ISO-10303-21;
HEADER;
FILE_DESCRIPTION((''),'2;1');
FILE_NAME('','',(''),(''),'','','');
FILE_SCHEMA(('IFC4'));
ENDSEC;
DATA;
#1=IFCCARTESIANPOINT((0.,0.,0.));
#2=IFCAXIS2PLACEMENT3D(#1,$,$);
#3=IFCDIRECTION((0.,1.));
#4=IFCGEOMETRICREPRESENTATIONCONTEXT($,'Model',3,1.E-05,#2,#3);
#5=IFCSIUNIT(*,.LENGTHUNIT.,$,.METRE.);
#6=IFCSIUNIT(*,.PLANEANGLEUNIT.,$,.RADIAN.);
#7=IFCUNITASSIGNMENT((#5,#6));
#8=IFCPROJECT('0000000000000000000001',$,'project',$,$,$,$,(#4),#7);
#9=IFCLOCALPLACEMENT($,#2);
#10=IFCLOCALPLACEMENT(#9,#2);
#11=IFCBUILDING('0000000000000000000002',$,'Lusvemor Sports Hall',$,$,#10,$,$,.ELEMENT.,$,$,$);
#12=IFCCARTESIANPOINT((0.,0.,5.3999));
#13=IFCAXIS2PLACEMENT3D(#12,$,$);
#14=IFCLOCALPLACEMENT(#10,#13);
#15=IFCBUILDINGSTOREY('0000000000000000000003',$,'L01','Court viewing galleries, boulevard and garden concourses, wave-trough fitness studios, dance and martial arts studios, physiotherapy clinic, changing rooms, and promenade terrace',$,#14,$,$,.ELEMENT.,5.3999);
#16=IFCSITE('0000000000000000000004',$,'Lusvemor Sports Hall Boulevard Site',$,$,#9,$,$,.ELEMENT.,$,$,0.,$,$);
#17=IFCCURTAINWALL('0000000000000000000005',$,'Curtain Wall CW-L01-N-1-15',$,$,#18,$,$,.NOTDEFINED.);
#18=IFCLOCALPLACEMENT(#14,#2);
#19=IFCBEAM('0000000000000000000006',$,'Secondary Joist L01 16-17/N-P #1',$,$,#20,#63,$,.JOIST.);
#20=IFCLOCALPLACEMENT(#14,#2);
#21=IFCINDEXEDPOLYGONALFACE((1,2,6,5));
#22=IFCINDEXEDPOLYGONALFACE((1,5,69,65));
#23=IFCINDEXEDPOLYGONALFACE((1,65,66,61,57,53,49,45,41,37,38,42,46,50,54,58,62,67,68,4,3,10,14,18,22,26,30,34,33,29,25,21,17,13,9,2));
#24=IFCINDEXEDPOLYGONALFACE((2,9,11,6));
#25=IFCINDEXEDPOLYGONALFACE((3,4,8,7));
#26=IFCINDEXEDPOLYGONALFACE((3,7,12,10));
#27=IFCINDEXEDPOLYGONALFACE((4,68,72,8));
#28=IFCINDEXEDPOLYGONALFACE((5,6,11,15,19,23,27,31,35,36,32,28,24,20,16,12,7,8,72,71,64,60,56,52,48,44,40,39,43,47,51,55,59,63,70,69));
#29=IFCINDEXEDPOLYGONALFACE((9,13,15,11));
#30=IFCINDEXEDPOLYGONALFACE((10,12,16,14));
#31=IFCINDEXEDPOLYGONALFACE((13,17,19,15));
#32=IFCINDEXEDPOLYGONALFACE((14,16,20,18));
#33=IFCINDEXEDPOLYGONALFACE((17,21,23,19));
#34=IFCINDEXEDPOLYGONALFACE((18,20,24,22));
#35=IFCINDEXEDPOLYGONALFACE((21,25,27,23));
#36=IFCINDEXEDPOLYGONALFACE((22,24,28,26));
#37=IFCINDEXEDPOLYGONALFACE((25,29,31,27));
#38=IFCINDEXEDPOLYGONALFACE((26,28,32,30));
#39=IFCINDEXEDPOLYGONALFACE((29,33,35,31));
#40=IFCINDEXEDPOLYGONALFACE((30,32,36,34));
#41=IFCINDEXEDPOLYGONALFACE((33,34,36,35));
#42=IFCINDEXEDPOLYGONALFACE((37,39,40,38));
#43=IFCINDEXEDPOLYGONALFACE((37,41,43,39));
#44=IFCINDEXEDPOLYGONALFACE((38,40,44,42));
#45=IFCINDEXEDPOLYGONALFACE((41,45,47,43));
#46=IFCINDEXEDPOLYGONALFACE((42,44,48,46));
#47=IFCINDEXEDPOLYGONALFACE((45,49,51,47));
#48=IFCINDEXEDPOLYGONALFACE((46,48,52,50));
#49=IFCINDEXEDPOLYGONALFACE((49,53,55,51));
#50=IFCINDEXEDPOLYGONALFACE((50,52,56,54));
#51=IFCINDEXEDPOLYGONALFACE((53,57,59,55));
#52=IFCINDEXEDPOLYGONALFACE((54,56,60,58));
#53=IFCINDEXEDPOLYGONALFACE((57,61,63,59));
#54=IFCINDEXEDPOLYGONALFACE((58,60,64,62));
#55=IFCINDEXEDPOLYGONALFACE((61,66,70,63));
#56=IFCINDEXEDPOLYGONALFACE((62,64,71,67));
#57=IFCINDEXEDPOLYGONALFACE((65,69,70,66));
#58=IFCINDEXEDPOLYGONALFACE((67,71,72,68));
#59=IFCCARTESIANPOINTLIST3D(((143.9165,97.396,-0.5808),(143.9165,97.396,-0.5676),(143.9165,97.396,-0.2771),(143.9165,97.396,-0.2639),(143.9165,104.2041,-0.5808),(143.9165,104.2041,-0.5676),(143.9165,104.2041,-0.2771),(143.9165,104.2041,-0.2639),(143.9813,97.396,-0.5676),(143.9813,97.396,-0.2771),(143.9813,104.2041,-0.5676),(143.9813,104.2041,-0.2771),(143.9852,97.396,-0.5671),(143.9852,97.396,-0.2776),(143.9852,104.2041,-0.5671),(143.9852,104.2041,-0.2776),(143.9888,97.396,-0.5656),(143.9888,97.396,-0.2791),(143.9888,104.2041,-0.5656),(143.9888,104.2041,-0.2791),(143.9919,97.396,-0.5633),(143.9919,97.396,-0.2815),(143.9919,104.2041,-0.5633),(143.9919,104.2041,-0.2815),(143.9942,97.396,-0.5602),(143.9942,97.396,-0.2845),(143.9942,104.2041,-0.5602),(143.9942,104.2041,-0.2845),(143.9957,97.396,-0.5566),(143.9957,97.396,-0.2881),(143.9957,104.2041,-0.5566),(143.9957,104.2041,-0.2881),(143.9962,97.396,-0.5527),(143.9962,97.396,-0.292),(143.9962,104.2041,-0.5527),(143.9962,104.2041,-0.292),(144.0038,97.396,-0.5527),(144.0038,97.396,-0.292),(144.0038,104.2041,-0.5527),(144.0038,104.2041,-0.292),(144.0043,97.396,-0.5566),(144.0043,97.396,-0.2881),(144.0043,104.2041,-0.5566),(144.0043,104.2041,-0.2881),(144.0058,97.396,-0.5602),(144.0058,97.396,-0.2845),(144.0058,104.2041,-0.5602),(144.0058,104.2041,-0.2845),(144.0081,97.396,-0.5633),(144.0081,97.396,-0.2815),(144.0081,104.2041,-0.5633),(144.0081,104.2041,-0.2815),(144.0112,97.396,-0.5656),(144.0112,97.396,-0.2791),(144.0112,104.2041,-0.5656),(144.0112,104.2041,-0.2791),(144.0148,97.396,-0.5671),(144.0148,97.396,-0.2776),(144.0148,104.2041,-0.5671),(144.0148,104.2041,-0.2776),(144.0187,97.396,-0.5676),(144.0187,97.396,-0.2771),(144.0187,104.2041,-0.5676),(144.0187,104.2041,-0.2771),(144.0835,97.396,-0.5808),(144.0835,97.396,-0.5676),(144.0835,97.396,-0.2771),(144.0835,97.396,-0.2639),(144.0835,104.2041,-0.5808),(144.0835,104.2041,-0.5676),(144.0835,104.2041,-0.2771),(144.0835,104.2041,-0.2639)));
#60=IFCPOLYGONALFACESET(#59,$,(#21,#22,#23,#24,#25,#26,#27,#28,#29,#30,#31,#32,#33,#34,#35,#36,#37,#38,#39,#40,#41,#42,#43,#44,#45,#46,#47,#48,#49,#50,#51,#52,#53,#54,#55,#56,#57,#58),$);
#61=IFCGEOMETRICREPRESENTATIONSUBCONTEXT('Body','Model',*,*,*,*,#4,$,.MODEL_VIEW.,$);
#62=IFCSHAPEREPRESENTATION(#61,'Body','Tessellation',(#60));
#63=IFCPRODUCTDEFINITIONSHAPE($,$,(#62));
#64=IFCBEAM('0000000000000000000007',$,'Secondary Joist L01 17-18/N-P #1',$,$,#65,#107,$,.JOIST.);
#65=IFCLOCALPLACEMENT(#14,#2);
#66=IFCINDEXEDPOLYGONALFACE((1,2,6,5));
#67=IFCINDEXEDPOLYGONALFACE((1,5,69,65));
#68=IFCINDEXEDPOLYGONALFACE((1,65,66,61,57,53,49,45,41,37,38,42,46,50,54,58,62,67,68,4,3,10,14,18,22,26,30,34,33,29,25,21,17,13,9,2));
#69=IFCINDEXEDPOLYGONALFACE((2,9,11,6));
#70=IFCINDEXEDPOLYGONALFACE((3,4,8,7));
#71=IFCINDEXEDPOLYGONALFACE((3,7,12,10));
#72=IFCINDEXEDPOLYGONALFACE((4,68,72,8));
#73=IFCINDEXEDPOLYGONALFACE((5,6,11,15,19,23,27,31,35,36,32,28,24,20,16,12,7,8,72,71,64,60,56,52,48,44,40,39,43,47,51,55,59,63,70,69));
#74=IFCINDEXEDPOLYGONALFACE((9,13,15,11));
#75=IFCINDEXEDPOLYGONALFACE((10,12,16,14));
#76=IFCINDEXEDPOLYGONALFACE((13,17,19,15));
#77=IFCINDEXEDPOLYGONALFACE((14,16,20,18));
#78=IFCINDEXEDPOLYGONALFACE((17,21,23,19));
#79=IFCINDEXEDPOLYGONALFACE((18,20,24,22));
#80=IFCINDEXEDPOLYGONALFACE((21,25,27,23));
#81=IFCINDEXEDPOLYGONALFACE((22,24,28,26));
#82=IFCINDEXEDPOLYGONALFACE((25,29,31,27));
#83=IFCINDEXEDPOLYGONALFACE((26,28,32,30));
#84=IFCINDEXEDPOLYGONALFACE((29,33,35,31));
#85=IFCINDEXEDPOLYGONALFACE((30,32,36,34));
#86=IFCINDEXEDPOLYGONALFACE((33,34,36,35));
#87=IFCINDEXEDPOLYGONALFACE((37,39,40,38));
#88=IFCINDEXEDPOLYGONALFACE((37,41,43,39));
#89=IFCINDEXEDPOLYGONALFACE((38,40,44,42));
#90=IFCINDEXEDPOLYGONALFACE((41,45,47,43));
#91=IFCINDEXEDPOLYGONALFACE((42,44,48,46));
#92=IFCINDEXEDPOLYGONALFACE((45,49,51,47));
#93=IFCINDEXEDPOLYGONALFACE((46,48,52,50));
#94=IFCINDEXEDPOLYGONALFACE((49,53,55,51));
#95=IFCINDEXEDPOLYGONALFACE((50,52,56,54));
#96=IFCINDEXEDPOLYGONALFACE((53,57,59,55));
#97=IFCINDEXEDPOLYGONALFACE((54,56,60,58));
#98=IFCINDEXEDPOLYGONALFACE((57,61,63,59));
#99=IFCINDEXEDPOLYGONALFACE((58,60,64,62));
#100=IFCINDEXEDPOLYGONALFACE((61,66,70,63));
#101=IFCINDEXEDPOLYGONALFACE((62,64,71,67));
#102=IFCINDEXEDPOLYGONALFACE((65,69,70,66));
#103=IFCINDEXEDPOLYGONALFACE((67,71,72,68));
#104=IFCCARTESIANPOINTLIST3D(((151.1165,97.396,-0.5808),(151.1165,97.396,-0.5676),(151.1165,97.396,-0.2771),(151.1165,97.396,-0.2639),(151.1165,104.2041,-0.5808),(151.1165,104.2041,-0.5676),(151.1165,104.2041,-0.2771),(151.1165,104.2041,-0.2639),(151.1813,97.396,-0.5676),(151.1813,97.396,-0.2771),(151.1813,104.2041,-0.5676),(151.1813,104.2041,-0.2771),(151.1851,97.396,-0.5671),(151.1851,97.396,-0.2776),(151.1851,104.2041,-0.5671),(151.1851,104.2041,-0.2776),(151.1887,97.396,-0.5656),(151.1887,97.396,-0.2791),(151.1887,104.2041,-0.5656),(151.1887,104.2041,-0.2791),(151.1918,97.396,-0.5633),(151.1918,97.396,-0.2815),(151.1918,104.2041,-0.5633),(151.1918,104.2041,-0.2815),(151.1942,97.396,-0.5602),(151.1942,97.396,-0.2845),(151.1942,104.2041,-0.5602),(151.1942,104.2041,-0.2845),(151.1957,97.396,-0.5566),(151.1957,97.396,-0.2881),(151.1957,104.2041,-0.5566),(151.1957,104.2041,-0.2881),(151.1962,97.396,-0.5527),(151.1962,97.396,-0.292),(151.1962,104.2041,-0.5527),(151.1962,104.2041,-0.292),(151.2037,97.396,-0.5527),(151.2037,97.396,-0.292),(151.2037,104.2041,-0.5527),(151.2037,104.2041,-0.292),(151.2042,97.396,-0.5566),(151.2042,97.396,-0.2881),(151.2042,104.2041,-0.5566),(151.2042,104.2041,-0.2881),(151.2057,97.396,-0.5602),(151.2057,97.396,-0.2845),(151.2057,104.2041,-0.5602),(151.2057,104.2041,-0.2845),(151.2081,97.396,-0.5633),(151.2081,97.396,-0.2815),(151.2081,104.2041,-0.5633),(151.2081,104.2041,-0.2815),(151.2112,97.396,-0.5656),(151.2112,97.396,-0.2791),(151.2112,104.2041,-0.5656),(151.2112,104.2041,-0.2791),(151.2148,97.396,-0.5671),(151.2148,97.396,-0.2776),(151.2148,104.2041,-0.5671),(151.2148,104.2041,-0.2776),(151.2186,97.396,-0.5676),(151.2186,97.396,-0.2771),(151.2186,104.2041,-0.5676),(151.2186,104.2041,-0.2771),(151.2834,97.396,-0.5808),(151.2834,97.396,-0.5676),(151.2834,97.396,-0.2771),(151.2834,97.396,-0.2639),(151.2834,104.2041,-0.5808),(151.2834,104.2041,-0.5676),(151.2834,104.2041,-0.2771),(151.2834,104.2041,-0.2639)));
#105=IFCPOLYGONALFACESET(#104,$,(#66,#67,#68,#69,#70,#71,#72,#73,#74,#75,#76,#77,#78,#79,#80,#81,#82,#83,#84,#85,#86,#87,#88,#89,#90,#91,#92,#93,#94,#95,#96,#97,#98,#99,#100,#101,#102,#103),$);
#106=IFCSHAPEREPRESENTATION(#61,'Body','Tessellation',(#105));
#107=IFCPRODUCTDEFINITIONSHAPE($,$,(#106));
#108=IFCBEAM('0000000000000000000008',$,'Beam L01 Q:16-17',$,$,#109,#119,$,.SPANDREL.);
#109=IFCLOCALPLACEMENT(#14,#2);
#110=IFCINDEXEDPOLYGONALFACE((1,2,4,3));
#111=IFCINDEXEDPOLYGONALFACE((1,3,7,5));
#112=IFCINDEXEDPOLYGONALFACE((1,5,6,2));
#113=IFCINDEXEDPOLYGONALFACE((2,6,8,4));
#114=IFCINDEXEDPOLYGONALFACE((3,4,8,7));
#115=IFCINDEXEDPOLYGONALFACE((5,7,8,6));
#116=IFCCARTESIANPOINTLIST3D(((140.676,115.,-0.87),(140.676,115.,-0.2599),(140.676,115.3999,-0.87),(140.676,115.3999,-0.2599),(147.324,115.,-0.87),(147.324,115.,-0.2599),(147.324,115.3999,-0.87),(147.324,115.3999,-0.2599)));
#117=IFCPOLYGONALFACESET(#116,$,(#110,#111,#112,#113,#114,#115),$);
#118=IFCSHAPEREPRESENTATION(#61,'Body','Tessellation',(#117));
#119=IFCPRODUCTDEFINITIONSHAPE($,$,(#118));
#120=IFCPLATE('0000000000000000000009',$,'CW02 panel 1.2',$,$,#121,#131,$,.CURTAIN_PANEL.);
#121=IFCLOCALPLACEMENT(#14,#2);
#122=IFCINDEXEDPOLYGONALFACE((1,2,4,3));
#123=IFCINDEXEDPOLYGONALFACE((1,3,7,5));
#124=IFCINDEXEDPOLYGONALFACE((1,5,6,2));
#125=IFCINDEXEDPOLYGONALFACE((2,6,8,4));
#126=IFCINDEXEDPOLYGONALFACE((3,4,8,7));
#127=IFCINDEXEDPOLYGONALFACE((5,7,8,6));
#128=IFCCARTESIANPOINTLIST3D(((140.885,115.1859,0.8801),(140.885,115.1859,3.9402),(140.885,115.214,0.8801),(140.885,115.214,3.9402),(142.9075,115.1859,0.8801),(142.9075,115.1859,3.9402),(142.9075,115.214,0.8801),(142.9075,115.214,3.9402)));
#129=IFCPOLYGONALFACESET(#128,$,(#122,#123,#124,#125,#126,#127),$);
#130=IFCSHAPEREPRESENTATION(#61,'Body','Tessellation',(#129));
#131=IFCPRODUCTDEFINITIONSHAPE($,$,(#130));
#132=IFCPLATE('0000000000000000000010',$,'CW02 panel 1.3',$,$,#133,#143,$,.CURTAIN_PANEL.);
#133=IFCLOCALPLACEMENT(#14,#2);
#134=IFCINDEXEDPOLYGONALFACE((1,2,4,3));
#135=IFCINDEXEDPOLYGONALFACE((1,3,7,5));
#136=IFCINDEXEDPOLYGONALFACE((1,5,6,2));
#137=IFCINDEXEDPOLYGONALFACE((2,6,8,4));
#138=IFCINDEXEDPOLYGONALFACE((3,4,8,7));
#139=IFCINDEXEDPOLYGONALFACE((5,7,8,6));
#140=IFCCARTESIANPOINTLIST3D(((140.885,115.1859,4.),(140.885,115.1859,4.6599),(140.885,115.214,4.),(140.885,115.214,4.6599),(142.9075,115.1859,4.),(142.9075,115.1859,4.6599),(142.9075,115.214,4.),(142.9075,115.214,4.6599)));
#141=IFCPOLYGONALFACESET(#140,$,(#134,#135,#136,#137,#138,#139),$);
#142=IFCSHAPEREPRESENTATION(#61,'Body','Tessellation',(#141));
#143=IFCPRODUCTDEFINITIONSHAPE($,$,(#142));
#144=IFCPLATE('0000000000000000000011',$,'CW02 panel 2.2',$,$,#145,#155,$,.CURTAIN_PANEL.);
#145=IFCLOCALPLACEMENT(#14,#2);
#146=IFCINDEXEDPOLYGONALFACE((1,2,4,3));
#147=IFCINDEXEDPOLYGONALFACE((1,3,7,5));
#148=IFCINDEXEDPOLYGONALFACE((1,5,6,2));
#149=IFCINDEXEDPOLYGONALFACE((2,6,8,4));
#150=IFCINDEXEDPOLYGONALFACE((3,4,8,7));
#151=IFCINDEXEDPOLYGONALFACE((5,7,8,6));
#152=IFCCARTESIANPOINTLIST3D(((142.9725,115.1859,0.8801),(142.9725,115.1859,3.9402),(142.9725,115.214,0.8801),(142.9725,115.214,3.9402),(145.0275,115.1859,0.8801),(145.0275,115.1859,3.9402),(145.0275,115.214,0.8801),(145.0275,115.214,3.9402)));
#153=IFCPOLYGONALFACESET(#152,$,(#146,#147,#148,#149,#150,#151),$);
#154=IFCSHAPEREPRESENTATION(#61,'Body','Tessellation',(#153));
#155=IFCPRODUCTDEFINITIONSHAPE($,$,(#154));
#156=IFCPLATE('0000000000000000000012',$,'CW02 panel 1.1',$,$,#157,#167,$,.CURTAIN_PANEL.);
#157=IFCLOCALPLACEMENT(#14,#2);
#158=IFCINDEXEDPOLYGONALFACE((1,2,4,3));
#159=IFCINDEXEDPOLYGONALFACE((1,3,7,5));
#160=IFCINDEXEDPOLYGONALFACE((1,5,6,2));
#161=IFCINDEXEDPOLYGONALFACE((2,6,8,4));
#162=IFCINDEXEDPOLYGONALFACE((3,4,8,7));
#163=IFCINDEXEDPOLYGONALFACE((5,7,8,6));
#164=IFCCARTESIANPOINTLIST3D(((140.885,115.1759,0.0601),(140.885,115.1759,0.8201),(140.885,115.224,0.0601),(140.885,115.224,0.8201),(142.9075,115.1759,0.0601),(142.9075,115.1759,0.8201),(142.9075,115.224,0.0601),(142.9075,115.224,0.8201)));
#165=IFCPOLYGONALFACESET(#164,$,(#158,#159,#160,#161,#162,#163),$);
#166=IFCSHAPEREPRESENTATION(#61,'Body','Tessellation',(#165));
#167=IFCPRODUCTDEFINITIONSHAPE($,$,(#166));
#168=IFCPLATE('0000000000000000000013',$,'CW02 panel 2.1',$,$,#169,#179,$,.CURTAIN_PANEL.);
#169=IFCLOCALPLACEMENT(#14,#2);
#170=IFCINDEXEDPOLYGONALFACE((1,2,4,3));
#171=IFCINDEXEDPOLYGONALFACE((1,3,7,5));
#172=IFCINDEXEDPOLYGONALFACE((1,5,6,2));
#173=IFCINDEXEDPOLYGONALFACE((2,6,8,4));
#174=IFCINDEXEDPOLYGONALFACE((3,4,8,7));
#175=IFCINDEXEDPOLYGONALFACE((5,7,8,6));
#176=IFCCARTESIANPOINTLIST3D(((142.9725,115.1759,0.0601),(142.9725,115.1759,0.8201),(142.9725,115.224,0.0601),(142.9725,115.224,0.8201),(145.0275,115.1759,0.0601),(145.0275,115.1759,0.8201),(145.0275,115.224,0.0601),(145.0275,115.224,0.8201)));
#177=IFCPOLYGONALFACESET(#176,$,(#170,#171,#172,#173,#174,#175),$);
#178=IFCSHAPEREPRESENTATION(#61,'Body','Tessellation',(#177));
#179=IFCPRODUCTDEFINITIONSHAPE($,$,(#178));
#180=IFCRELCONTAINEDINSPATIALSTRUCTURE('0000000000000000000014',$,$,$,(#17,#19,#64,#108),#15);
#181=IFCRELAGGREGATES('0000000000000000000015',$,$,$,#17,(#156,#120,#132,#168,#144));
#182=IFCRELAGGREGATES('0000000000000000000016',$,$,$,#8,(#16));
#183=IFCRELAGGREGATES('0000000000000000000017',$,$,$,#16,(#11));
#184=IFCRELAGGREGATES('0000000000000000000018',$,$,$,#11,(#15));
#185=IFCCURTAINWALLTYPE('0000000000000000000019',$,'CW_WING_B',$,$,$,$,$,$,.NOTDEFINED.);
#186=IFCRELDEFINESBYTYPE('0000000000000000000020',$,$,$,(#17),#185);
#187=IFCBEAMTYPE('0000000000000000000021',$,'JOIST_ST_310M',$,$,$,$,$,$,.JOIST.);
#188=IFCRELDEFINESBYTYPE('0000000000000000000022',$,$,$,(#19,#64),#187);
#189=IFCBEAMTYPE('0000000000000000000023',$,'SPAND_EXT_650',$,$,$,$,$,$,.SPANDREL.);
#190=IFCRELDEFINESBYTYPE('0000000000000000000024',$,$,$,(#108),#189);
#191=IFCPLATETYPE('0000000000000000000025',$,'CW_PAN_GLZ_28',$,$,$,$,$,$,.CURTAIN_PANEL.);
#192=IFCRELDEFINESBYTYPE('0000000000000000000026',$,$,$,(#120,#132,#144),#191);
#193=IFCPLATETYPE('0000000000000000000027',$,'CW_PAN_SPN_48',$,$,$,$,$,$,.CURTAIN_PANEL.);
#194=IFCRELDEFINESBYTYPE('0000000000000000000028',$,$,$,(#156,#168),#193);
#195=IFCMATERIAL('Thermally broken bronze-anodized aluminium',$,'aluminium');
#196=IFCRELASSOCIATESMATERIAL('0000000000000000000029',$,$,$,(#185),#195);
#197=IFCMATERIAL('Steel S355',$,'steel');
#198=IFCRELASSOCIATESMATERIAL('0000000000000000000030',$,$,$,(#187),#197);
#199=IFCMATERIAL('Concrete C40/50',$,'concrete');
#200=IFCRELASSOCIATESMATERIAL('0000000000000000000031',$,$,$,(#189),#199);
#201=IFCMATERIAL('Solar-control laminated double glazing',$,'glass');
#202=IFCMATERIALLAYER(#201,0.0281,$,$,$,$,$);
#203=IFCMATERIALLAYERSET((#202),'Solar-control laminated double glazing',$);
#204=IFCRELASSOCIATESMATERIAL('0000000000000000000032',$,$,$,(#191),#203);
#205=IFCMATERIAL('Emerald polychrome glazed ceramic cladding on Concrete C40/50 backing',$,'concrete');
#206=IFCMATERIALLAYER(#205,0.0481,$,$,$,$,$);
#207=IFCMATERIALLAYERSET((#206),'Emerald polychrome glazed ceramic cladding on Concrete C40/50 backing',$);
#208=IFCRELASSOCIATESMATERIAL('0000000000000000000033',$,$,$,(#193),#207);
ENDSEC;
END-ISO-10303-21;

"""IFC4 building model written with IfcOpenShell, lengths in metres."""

from ifc_helpers import new_model, si_unit, direction, frame, origin, origin_2d, place, context, subcontext, project, spatial, rectangle, i_section, extrude, material, layer, layer_set, material_profile, profile_set, type_object, element, aggregate, save


model = new_model("IFC4")

# Units and contexts
model_context = context("Model", 3, precision=1e-05, world=origin(), true_north=direction((0.0, 1.0)))
body_context = subcontext(model_context, "Body", "Model", "MODEL_VIEW")
ifc_project = project(units=[si_unit("LENGTHUNIT", "METRE"), si_unit("PLANEANGLEUNIT", "RADIAN")], contexts=[model_context])

# Site, building, storey
site_placement = place(None, origin())
site = spatial("IfcSite", under=ifc_project, at=site_placement, Name="Lusvemor Sports Hall Boulevard Site", CompositionType="ELEMENT", RefElevation=0.0)
building_placement = place(site_placement, origin())
building = spatial("IfcBuilding", under=site, at=building_placement, Name="Lusvemor Sports Hall", CompositionType="ELEMENT")
storey_placement = place(building_placement, frame((0.0, 0.0, 5.3999)))
storey = spatial("IfcBuildingStorey", under=building, at=storey_placement, Name="L01", Description="Court viewing galleries, boulevard and garden concourses, wave-trough fitness studios, dance and martial arts studios, physiotherapy clinic, changing rooms, and promenade terrace", CompositionType="ELEMENT", Elevation=5.3999)

# Curtain wall
ifc_material_1 = material(Name="Thermally broken bronze-anodized aluminium", Category="aluminium")
curtain_wall_type = type_object("IfcCurtainWallType", Name="CW_WING_B", PredefinedType="NOTDEFINED", material=ifc_material_1)
curtain_wall_placement = place(storey_placement, origin())
curtain_wall = element("IfcCurtainWall", 1, at=curtain_wall_placement, inside=storey, type_object=curtain_wall_type, Name="Curtain Wall CW-L01-N-1-15", PredefinedType="NOTDEFINED")

# Beams
ifc_material_2 = material(Name="Steel S355", Category="steel")
ifc_material_profile_1 = material_profile(ifc_material_2, i_section(OverallWidth=0.167, OverallDepth=0.3169, WebThickness=0.0076, FlangeThickness=0.0132, FilletRadius=0.0149, at=origin_2d()), Name="W310x52.0")
ifc_profile_set_1 = profile_set([ifc_material_profile_1], Name="Steel S355")
beam_type_1 = type_object("IfcBeamType", Name="JOIST_ST_310M", PredefinedType="JOIST", material=ifc_profile_set_1)
for number, where, z_axis, x_axis, name in (
    (2, (144.0, 97.396, -0.4224), (0.0, 1.0, 0.0), (-1.0, 0.0, 0.0), "Secondary Joist L01 16-17/N-P #1"),
    (3, (151.2, 97.396, -0.4224), (0.0, 1.0, 0.0), (-1.0, 0.0, 0.0), "Secondary Joist L01 17-18/N-P #1"),
):
    element("IfcBeam", number, at=place(storey_placement, frame(where, z_axis=z_axis, x_axis=x_axis)), inside=storey, type_object=beam_type_1, Name=name, PredefinedType="JOIST", context=body_context, shape_type="SweptSolid", body=[
        extrude(i_section(OverallWidth=0.167, OverallDepth=0.3169, WebThickness=0.0076, FlangeThickness=0.0132, FilletRadius=0.0149, at=origin_2d()), origin(), (0.0, 0.0, 1.0), 6.8081),
    ])
ifc_material_3 = material(Name="Concrete C40/50", Category="concrete")
ifc_material_profile_2 = material_profile(ifc_material_3, rectangle(XDim=0.3999, YDim=0.6101, at=origin_2d()), Name="RC400x610")
ifc_profile_set_2 = profile_set([ifc_material_profile_2], Name="Concrete C40/50")
beam_type_2 = type_object("IfcBeamType", Name="SPAND_EXT_650", PredefinedType="SPANDREL", material=ifc_profile_set_2)
beam_1_placement = place(storey_placement, frame((140.676, 115.2, -0.5649), z_axis=(1.0, 0.0, 0.0), x_axis=(0.0, 1.0, 0.0)))
element("IfcBeam", 4, at=beam_1_placement, inside=storey, type_object=beam_type_2, Name="Beam L01 Q:16-17", PredefinedType="SPANDREL", context=body_context, shape_type="SweptSolid", body=[
    extrude(rectangle(XDim=0.3999, YDim=0.6101, at=origin_2d()), origin(), (0.0, 0.0, 1.0), 6.6479),
])

# Plates
ifc_material_4 = material(Name="Solar-control laminated double glazing", Category="glass")
ifc_layer_1 = layer(ifc_material_4, 0.0281)
ifc_layer_set_1 = layer_set([ifc_layer_1], Name="Solar-control laminated double glazing")
plate_type_1 = type_object("IfcPlateType", Name="CW_PAN_GLZ_28", PredefinedType="CURTAIN_PANEL", material=ifc_layer_set_1)
plate_1_placement = place(storey_placement, frame((141.8962, 115.2, 0.8801), z_axis=(0.0, 0.0, 1.0), x_axis=(1.0, 0.0, 0.0)))
plate_1 = element("IfcPlate", 5, at=plate_1_placement, type_object=plate_type_1, Name="CW02 panel 1.2", PredefinedType="CURTAIN_PANEL", context=body_context, shape_type="SweptSolid", body=[
    extrude(rectangle(XDim=2.0225, YDim=0.0281, at=origin_2d()), origin(), (0.0, 0.0, 1.0), 3.0601),
])
plate_2_placement = place(storey_placement, frame((141.8962, 115.2, 4.0), z_axis=(0.0, 0.0, 1.0), x_axis=(1.0, 0.0, 0.0)))
plate_2 = element("IfcPlate", 6, at=plate_2_placement, type_object=plate_type_1, Name="CW02 panel 1.3", PredefinedType="CURTAIN_PANEL", context=body_context, shape_type="SweptSolid", body=[
    extrude(rectangle(XDim=2.0225, YDim=0.0281, at=origin_2d()), origin(), (0.0, 0.0, 1.0), 0.6599),
])
plate_3_placement = place(storey_placement, frame((144.0, 115.2, 0.8801), z_axis=(0.0, 0.0, 1.0), x_axis=(1.0, 0.0, 0.0)))
plate_3 = element("IfcPlate", 7, at=plate_3_placement, type_object=plate_type_1, Name="CW02 panel 2.2", PredefinedType="CURTAIN_PANEL", context=body_context, shape_type="SweptSolid", body=[
    extrude(rectangle(XDim=2.0549, YDim=0.0281, at=origin_2d()), origin(), (0.0, 0.0, 1.0), 3.0601),
])
ifc_material_5 = material(Name="Emerald polychrome glazed ceramic cladding on Concrete C40/50 backing", Category="concrete")
ifc_layer_2 = layer(ifc_material_5, 0.0481)
ifc_layer_set_2 = layer_set([ifc_layer_2], Name="Emerald polychrome glazed ceramic cladding on Concrete C40/50 backing")
plate_type_2 = type_object("IfcPlateType", Name="CW_PAN_SPN_48", PredefinedType="CURTAIN_PANEL", material=ifc_layer_set_2)
plate_4_placement = place(storey_placement, frame((141.8962, 115.2, 0.0601), z_axis=(0.0, 0.0, 1.0), x_axis=(1.0, 0.0, 0.0)))
plate_4 = element("IfcPlate", 8, at=plate_4_placement, type_object=plate_type_2, Name="CW02 panel 1.1", PredefinedType="CURTAIN_PANEL", context=body_context, shape_type="SweptSolid", body=[
    extrude(rectangle(XDim=2.0225, YDim=0.0481, at=origin_2d()), origin(), (0.0, 0.0, 1.0), 0.76),
])
plate_5_placement = place(storey_placement, frame((144.0, 115.2, 0.0601), z_axis=(0.0, 0.0, 1.0), x_axis=(1.0, 0.0, 0.0)))
plate_5 = element("IfcPlate", 9, at=plate_5_placement, type_object=plate_type_2, Name="CW02 panel 2.1", PredefinedType="CURTAIN_PANEL", context=body_context, shape_type="SweptSolid", body=[
    extrude(rectangle(XDim=2.0549, YDim=0.0481, at=origin_2d()), origin(), (0.0, 0.0, 1.0), 0.76),
])
aggregate(curtain_wall, [plate_4, plate_1, plate_2, plate_5, plate_3])

save(model, "model.ifc")
